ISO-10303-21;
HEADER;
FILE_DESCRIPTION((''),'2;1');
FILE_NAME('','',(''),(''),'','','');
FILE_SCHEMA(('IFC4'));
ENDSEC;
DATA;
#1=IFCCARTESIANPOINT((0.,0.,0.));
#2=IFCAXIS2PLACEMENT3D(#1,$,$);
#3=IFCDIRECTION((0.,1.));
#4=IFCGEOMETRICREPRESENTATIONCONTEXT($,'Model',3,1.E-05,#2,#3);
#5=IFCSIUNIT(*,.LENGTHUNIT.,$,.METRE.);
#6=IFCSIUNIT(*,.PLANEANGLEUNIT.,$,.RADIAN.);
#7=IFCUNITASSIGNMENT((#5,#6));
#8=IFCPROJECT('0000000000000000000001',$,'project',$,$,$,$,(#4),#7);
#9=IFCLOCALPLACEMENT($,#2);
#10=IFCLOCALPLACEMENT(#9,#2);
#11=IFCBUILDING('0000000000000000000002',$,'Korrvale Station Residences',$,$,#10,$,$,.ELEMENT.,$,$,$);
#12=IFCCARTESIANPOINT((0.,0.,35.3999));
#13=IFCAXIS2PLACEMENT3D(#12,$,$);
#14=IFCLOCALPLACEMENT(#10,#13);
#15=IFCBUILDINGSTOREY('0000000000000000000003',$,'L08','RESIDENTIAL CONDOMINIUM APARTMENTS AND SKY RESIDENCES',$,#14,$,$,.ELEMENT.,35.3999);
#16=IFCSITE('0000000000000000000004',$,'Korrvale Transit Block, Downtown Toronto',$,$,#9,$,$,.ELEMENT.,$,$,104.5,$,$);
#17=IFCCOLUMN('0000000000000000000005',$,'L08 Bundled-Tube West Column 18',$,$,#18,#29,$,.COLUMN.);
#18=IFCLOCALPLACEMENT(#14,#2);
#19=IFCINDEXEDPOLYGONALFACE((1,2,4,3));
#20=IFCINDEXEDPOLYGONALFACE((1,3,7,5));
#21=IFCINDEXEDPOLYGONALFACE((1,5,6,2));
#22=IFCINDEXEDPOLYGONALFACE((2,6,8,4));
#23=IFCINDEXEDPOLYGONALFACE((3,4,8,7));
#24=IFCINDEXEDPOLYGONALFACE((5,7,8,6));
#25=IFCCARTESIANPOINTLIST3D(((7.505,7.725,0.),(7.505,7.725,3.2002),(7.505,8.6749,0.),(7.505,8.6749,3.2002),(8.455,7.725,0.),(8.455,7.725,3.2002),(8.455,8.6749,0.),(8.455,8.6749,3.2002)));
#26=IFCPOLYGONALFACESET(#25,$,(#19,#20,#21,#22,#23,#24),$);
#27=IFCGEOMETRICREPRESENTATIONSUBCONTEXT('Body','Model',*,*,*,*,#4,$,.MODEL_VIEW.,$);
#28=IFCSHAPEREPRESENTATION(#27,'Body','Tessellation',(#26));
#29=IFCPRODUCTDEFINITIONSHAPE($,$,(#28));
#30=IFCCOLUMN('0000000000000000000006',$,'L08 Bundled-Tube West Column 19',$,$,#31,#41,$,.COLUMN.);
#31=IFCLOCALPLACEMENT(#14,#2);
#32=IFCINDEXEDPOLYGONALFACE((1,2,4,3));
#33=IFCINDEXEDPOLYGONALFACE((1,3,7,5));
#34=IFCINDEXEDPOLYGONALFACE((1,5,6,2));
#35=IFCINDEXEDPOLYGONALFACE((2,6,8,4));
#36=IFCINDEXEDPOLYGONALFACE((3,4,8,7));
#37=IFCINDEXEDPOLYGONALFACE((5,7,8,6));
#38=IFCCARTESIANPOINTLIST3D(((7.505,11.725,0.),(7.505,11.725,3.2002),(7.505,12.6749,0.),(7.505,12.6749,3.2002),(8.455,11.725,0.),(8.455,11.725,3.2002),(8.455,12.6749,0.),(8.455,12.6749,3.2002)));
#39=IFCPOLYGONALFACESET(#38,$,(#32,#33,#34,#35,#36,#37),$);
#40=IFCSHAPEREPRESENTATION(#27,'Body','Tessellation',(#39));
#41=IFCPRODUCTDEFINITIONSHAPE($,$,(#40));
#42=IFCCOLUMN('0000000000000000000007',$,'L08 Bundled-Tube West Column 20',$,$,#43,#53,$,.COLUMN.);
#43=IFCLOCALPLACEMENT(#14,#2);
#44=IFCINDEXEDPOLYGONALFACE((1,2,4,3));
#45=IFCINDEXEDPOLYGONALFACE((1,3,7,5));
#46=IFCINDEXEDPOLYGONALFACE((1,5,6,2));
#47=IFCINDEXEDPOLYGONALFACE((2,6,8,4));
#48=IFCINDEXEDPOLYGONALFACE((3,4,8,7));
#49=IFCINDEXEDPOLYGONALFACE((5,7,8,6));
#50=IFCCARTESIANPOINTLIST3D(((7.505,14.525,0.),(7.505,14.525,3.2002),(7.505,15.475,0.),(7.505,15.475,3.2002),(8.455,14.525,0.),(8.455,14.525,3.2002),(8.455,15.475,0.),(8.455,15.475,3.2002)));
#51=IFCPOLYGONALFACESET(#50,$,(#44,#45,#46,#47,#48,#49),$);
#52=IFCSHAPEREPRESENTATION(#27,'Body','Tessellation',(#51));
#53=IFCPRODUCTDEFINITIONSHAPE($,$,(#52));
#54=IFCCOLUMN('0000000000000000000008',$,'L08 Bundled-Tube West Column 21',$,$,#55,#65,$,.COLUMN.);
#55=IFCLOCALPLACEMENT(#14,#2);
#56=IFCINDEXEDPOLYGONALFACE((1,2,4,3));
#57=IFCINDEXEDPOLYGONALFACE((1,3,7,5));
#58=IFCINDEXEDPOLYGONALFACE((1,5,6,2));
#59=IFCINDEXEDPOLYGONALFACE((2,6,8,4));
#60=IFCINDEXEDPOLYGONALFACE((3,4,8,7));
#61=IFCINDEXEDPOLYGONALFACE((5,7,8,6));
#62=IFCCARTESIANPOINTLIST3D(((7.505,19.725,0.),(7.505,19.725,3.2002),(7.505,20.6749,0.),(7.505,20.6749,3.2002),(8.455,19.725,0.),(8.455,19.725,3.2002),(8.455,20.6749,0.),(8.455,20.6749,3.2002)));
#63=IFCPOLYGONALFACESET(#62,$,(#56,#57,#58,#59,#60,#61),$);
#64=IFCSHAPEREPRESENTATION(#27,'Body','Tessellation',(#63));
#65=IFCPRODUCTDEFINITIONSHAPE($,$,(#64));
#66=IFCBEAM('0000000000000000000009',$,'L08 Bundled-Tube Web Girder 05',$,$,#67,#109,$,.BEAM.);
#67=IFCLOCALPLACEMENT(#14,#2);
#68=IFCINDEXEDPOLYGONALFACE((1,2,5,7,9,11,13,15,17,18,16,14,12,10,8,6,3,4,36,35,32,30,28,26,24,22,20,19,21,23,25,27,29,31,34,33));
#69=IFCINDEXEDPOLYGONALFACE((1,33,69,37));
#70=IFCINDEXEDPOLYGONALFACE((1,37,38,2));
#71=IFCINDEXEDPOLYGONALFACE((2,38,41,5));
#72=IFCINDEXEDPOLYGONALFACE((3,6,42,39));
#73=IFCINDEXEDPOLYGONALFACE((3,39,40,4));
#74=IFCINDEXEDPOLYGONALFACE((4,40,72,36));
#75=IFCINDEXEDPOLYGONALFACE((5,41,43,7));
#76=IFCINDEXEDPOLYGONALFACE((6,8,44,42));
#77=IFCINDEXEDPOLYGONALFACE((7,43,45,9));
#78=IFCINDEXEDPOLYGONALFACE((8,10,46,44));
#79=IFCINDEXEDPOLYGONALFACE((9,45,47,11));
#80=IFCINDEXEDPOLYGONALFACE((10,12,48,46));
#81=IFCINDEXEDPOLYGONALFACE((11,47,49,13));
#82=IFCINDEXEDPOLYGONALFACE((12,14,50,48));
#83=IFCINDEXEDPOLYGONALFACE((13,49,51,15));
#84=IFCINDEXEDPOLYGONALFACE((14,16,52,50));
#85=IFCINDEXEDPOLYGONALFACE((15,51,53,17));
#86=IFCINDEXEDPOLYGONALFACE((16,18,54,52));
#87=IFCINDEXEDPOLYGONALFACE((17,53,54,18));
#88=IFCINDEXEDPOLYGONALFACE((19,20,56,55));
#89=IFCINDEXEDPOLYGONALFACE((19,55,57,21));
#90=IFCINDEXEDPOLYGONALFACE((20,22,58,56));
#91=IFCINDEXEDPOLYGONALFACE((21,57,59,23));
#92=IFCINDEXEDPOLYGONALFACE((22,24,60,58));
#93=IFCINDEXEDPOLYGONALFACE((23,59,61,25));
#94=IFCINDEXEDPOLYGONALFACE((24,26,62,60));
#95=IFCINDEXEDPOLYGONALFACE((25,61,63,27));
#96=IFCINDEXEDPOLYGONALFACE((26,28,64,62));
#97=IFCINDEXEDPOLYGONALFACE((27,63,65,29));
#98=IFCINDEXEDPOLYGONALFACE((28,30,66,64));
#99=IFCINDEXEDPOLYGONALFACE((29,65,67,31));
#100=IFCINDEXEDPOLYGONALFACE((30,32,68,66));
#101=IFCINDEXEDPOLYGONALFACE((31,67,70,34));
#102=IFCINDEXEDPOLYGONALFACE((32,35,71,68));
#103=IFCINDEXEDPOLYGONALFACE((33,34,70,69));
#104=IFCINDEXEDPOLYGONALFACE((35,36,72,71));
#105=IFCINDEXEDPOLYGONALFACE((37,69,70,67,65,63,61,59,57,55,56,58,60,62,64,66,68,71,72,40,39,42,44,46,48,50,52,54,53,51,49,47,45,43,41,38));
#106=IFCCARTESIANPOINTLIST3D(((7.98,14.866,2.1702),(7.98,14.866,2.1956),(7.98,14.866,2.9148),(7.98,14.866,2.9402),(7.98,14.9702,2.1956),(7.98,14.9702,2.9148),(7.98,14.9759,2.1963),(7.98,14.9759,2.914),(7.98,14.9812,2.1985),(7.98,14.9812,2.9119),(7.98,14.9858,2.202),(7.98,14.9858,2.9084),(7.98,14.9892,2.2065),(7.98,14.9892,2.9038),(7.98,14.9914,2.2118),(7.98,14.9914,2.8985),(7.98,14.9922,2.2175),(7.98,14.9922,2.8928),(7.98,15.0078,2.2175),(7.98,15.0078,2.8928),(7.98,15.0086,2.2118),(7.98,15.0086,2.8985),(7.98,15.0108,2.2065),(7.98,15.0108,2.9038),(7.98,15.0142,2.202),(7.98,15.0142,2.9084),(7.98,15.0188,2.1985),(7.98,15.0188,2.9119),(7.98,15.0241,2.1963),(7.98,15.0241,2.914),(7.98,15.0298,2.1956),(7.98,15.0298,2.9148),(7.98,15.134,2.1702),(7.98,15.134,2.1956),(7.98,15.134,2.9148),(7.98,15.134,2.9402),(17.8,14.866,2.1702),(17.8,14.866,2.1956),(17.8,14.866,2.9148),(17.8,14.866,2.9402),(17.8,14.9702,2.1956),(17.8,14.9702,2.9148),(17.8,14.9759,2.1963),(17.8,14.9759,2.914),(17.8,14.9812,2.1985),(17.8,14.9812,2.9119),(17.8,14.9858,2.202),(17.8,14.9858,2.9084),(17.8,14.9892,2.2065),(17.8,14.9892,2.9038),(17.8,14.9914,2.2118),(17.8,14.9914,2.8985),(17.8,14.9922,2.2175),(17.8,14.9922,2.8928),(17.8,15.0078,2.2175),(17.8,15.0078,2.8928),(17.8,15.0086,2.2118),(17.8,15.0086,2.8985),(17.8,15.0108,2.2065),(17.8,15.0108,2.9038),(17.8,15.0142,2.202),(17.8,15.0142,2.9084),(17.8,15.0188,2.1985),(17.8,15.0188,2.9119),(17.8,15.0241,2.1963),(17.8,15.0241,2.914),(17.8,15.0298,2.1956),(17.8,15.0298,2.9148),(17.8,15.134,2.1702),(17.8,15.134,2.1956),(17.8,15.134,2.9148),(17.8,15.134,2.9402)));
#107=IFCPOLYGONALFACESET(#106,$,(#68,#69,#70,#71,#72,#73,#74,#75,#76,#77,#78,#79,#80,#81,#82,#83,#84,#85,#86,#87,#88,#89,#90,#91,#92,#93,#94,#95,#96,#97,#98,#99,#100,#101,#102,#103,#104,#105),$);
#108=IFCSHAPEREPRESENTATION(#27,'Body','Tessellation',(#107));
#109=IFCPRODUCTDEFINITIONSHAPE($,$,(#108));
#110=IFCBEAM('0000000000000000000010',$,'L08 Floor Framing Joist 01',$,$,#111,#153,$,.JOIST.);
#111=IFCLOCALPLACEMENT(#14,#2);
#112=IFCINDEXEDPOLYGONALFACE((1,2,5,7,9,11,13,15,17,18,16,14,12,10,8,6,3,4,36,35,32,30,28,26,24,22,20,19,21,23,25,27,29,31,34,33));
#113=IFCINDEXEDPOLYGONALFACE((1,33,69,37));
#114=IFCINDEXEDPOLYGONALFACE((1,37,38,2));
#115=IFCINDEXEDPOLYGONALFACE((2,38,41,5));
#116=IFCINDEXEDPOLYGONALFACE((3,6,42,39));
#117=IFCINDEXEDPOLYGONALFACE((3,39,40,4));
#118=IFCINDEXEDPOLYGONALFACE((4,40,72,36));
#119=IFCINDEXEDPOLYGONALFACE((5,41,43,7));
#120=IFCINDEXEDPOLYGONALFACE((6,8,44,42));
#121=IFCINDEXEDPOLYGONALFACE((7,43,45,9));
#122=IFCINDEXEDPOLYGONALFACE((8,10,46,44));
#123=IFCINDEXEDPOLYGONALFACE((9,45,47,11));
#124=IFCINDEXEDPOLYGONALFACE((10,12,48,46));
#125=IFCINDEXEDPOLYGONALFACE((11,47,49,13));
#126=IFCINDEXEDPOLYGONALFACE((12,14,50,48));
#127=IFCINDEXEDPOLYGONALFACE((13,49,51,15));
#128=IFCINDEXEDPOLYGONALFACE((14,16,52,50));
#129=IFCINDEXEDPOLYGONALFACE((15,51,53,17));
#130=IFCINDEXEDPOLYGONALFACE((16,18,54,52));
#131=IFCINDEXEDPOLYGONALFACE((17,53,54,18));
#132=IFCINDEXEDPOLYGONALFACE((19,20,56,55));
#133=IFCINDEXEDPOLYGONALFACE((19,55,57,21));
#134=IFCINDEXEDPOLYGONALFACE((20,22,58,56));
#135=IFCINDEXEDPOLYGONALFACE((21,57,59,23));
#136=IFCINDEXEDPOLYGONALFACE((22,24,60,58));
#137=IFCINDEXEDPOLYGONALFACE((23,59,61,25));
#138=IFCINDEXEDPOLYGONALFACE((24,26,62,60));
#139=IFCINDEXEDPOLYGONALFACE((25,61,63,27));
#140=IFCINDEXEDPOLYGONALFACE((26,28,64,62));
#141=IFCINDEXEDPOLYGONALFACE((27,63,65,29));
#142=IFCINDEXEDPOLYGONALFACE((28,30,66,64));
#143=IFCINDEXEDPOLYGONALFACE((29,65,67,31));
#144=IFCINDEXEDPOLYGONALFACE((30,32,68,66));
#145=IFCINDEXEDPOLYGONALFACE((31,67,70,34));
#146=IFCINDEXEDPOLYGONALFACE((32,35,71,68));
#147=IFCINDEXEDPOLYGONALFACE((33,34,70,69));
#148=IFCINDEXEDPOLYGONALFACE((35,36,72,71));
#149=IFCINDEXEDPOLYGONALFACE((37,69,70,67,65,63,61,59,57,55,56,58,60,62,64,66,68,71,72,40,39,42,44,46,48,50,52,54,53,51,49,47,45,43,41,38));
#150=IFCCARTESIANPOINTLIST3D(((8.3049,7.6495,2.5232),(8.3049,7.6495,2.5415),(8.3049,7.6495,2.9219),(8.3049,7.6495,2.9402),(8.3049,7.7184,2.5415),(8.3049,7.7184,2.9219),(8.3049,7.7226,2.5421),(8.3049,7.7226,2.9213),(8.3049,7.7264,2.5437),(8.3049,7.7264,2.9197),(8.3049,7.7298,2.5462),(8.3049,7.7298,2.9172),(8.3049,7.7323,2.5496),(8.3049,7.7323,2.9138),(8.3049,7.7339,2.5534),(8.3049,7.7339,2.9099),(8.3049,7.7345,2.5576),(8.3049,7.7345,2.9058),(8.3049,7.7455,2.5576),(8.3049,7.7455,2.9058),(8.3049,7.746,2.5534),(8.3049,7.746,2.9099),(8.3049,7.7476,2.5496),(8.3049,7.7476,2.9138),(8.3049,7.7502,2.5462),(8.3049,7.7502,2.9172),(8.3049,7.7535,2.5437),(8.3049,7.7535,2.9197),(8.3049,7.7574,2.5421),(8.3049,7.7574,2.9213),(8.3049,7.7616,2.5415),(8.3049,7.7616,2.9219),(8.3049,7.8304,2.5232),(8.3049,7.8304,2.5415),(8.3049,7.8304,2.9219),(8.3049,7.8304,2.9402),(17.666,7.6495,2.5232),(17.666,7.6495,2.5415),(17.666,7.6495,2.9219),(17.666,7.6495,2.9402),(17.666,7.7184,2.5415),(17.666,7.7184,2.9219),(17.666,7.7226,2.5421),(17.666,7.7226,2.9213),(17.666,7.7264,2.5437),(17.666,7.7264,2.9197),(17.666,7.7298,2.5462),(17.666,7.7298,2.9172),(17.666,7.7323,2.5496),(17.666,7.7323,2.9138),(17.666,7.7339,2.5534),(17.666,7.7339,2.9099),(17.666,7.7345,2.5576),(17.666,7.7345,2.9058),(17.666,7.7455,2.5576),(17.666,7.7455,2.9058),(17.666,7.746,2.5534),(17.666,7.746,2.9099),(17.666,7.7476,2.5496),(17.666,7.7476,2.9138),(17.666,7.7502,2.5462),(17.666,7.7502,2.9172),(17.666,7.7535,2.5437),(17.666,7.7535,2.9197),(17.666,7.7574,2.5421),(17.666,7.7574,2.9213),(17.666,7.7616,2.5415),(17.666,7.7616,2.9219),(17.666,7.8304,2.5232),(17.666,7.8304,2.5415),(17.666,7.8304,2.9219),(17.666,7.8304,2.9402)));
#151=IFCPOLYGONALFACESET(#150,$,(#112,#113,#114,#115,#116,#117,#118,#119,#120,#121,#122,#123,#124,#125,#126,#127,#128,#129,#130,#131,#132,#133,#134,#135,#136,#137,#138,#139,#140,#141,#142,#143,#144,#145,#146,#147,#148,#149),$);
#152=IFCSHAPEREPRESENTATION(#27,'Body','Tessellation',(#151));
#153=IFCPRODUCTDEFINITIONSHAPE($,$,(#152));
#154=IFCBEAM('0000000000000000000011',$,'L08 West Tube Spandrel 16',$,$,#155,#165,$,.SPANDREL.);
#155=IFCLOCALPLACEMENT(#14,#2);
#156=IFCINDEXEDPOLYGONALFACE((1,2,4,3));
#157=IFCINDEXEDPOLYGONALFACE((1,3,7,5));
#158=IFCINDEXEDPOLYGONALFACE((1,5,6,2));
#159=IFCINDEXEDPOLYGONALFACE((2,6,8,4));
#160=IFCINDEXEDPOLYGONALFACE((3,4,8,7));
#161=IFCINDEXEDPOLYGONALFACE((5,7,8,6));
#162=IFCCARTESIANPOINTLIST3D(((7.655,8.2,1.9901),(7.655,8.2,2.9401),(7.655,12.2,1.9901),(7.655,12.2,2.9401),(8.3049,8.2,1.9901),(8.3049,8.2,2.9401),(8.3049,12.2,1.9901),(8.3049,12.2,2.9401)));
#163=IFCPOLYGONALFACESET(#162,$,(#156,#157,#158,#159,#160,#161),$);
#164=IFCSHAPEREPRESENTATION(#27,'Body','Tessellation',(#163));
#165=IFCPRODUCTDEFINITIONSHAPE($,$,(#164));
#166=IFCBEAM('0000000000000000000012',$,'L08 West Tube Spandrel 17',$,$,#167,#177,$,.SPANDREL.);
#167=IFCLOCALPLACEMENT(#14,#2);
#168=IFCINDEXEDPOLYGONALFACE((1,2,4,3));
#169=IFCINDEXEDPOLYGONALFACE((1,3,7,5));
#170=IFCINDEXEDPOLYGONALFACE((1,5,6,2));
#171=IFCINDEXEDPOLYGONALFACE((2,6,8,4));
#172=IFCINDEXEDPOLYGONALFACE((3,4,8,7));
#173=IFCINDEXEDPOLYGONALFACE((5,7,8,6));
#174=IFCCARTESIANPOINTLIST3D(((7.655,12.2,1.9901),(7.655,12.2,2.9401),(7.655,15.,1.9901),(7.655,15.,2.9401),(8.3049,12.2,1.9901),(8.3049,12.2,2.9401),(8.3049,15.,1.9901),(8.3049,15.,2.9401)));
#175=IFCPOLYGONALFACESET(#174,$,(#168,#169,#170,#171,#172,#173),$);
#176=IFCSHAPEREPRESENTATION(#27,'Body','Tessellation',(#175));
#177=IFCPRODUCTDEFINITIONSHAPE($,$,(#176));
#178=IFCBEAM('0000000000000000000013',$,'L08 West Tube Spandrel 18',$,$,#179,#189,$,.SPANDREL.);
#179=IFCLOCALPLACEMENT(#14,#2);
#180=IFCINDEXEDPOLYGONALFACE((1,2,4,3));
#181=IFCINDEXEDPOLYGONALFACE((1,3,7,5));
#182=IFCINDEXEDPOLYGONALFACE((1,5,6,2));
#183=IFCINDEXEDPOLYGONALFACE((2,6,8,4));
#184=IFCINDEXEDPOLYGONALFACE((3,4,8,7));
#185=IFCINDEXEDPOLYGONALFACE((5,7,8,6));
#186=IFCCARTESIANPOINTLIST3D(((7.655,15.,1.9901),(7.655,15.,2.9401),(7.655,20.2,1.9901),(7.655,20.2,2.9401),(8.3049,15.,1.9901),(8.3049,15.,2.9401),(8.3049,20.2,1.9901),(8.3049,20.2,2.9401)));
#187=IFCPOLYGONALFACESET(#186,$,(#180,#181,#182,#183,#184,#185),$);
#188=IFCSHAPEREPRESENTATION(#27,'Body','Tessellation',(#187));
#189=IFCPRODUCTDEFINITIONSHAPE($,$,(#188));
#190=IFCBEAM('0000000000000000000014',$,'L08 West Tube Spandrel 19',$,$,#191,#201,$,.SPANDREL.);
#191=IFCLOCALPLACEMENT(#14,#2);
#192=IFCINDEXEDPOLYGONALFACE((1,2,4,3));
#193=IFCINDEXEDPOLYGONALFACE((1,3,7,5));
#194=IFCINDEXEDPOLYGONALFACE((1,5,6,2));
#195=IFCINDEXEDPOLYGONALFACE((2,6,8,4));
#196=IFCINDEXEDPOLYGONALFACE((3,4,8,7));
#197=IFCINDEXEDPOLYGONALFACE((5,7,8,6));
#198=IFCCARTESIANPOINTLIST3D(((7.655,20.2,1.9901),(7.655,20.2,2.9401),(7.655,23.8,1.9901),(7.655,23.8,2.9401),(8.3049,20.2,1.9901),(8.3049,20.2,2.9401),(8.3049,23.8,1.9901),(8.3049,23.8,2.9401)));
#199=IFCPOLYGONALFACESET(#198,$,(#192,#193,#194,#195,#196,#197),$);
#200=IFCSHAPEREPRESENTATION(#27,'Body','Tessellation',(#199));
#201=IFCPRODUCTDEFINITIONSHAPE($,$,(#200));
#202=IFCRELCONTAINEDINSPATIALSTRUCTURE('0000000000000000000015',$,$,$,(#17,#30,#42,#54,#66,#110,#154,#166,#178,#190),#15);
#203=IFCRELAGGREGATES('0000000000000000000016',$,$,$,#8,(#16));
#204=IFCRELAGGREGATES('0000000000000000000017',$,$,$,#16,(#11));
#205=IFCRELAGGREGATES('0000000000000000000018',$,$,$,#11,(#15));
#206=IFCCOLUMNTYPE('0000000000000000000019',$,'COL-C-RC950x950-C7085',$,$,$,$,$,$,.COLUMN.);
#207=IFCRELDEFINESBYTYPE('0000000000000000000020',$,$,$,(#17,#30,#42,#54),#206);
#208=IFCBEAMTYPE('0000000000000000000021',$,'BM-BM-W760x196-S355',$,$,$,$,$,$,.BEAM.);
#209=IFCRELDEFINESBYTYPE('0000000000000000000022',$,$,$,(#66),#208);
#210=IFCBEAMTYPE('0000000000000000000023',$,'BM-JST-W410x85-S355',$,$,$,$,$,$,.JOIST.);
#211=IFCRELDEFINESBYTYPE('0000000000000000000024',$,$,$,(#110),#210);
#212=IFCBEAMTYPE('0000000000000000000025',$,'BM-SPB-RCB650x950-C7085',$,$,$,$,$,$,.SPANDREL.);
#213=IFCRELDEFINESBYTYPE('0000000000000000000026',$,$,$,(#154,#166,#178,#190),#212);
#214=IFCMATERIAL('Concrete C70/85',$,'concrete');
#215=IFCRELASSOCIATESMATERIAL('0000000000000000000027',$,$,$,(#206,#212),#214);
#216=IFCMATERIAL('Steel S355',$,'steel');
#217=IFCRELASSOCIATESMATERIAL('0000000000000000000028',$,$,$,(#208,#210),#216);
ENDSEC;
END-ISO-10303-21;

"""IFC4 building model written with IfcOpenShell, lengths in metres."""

from ifc_helpers import new_model, si_unit, direction, frame, origin, origin_2d, place, context, subcontext, project, spatial, rectangle, i_section, extrude, material, material_profile, profile_set, type_object, element, save


model = new_model("IFC4")

# Units and contexts
model_context = context("Model", 3, precision=1e-05, world=origin(), true_north=direction((0.0, 1.0)))
body_context = subcontext(model_context, "Body", "Model", "MODEL_VIEW")
ifc_project = project(units=[si_unit("LENGTHUNIT", "METRE"), si_unit("PLANEANGLEUNIT", "RADIAN")], contexts=[model_context])

# Site, building, storey
site_placement = place(None, origin())
site = spatial("IfcSite", under=ifc_project, at=site_placement, Name="Korrvale Transit Block, Downtown Toronto", CompositionType="ELEMENT", RefElevation=104.5)
building_placement = place(site_placement, origin())
building = spatial("IfcBuilding", under=site, at=building_placement, Name="Korrvale Station Residences", CompositionType="ELEMENT")
storey_placement = place(building_placement, frame((0.0, 0.0, 35.3999)))
storey = spatial("IfcBuildingStorey", under=building, at=storey_placement, Name="L08", Description="RESIDENTIAL CONDOMINIUM APARTMENTS AND SKY RESIDENCES", CompositionType="ELEMENT", Elevation=35.3999)

# Columns
ifc_material_1 = material(Name="Concrete C70/85", Category="concrete")
ifc_material_profile_1 = material_profile(ifc_material_1, rectangle(XDim=0.95, YDim=0.95, at=origin_2d()), Name="RC950x950")
ifc_profile_set_1 = profile_set([ifc_material_profile_1], Name="Concrete C70/85")
column_type = type_object("IfcColumnType", Name="COL-C-RC950x950-C7085", PredefinedType="COLUMN", material=ifc_profile_set_1)
for number, where, z_axis, x_axis, name in (
    (1, (7.98, 8.2, 0.0), (0.0, 0.0, 1.0), (1.0, 0.0, 0.0), "L08 Bundled-Tube West Column 18"),
    (2, (7.98, 12.2, 0.0), (0.0, 0.0, 1.0), (1.0, 0.0, 0.0), "L08 Bundled-Tube West Column 19"),
    (3, (7.98, 15.0, 0.0), (0.0, 0.0, 1.0), (1.0, 0.0, 0.0), "L08 Bundled-Tube West Column 20"),
    (4, (7.98, 20.2, 0.0), (0.0, 0.0, 1.0), (1.0, 0.0, 0.0), "L08 Bundled-Tube West Column 21"),
):
    element("IfcColumn", number, at=place(storey_placement, frame(where, z_axis=z_axis, x_axis=x_axis)), inside=storey, type_object=column_type, Name=name, PredefinedType="COLUMN", context=body_context, shape_type="SweptSolid", body=[
        extrude(rectangle(XDim=0.95, YDim=0.95, at=origin_2d()), origin(), (0.0, 0.0, 1.0), 3.2002),
    ])

# Beams
ifc_material_2 = material(Name="Steel S355", Category="steel")
ifc_material_profile_2 = material_profile(ifc_material_2, i_section(OverallWidth=0.2681, OverallDepth=0.77, WebThickness=0.0156, FlangeThickness=0.0254, FilletRadius=0.022, at=origin_2d()), Name="W760x196")
ifc_profile_set_2 = profile_set([ifc_material_profile_2], Name="Steel S355")
beam_type_1 = type_object("IfcBeamType", Name="BM-BM-W760x196-S355", PredefinedType="BEAM", material=ifc_profile_set_2)
beam_1_placement = place(storey_placement, frame((7.98, 15.0, 2.5552), z_axis=(1.0, 0.0, 0.0), x_axis=(0.0, 1.0, 0.0)))
element("IfcBeam", 5, at=beam_1_placement, inside=storey, type_object=beam_type_1, Name="L08 Bundled-Tube Web Girder 05", PredefinedType="BEAM", context=body_context, shape_type="SweptSolid", body=[
    extrude(i_section(OverallWidth=0.2681, OverallDepth=0.77, WebThickness=0.0156, FlangeThickness=0.0254, FilletRadius=0.022, at=origin_2d()), origin(), (0.0, 0.0, 1.0), 9.8201),
])
ifc_material_profile_3 = material_profile(ifc_material_2, i_section(OverallWidth=0.1809, OverallDepth=0.417, WebThickness=0.011, FlangeThickness=0.0183, FilletRadius=0.0161, at=origin_2d()), Name="W410x85")
ifc_profile_set_3 = profile_set([ifc_material_profile_3], Name="Steel S355")
beam_type_2 = type_object("IfcBeamType", Name="BM-JST-W410x85-S355", PredefinedType="JOIST", material=ifc_profile_set_3)
beam_2_placement = place(storey_placement, frame((8.3049, 7.74, 2.7317), z_axis=(1.0, 0.0, 0.0), x_axis=(0.0, 1.0, 0.0)))
element("IfcBeam", 6, at=beam_2_placement, inside=storey, type_object=beam_type_2, Name="L08 Floor Framing Joist 01", PredefinedType="JOIST", context=body_context, shape_type="SweptSolid", body=[
    extrude(i_section(OverallWidth=0.1809, OverallDepth=0.417, WebThickness=0.011, FlangeThickness=0.0183, FilletRadius=0.0161, at=origin_2d()), origin(), (0.0, 0.0, 1.0), 9.3611),
])
ifc_material_profile_4 = material_profile(ifc_material_1, rectangle(XDim=0.6499, YDim=0.95, at=origin_2d()), Name="RCB650x950")
ifc_profile_set_4 = profile_set([ifc_material_profile_4], Name="Concrete C70/85")
beam_type_3 = type_object("IfcBeamType", Name="BM-SPB-RCB650x950-C7085", PredefinedType="SPANDREL", material=ifc_profile_set_4)
beam_3_placement = place(storey_placement, frame((7.98, 8.2, 2.4651), z_axis=(0.0, 1.0, 0.0), x_axis=(-1.0, 0.0, 0.0)))
element("IfcBeam", 7, at=beam_3_placement, inside=storey, type_object=beam_type_3, Name="L08 West Tube Spandrel 16", PredefinedType="SPANDREL", context=body_context, shape_type="SweptSolid", body=[
    extrude(rectangle(XDim=0.6499, YDim=0.95, at=origin_2d()), origin(), (0.0, 0.0, 1.0), 4.0),
])
beam_4_placement = place(storey_placement, frame((7.98, 12.2, 2.4651), z_axis=(0.0, 1.0, 0.0), x_axis=(-1.0, 0.0, 0.0)))
element("IfcBeam", 8, at=beam_4_placement, inside=storey, type_object=beam_type_3, Name="L08 West Tube Spandrel 17", PredefinedType="SPANDREL", context=body_context, shape_type="SweptSolid", body=[
    extrude(rectangle(XDim=0.6499, YDim=0.95, at=origin_2d()), origin(), (0.0, 0.0, 1.0), 2.8),
])
beam_5_placement = place(storey_placement, frame((7.98, 15.0, 2.4651), z_axis=(0.0, 1.0, 0.0), x_axis=(-1.0, 0.0, 0.0)))
element("IfcBeam", 9, at=beam_5_placement, inside=storey, type_object=beam_type_3, Name="L08 West Tube Spandrel 18", PredefinedType="SPANDREL", context=body_context, shape_type="SweptSolid", body=[
    extrude(rectangle(XDim=0.6499, YDim=0.95, at=origin_2d()), origin(), (0.0, 0.0, 1.0), 5.2),
])
beam_6_placement = place(storey_placement, frame((7.98, 20.2, 2.4651), z_axis=(0.0, 1.0, 0.0), x_axis=(-1.0, 0.0, 0.0)))
element("IfcBeam", 10, at=beam_6_placement, inside=storey, type_object=beam_type_3, Name="L08 West Tube Spandrel 19", PredefinedType="SPANDREL", context=body_context, shape_type="SweptSolid", body=[
    extrude(rectangle(XDim=0.6499, YDim=0.95, at=origin_2d()), origin(), (0.0, 0.0, 1.0), 3.6001),
])

save(model, "model.ifc")
